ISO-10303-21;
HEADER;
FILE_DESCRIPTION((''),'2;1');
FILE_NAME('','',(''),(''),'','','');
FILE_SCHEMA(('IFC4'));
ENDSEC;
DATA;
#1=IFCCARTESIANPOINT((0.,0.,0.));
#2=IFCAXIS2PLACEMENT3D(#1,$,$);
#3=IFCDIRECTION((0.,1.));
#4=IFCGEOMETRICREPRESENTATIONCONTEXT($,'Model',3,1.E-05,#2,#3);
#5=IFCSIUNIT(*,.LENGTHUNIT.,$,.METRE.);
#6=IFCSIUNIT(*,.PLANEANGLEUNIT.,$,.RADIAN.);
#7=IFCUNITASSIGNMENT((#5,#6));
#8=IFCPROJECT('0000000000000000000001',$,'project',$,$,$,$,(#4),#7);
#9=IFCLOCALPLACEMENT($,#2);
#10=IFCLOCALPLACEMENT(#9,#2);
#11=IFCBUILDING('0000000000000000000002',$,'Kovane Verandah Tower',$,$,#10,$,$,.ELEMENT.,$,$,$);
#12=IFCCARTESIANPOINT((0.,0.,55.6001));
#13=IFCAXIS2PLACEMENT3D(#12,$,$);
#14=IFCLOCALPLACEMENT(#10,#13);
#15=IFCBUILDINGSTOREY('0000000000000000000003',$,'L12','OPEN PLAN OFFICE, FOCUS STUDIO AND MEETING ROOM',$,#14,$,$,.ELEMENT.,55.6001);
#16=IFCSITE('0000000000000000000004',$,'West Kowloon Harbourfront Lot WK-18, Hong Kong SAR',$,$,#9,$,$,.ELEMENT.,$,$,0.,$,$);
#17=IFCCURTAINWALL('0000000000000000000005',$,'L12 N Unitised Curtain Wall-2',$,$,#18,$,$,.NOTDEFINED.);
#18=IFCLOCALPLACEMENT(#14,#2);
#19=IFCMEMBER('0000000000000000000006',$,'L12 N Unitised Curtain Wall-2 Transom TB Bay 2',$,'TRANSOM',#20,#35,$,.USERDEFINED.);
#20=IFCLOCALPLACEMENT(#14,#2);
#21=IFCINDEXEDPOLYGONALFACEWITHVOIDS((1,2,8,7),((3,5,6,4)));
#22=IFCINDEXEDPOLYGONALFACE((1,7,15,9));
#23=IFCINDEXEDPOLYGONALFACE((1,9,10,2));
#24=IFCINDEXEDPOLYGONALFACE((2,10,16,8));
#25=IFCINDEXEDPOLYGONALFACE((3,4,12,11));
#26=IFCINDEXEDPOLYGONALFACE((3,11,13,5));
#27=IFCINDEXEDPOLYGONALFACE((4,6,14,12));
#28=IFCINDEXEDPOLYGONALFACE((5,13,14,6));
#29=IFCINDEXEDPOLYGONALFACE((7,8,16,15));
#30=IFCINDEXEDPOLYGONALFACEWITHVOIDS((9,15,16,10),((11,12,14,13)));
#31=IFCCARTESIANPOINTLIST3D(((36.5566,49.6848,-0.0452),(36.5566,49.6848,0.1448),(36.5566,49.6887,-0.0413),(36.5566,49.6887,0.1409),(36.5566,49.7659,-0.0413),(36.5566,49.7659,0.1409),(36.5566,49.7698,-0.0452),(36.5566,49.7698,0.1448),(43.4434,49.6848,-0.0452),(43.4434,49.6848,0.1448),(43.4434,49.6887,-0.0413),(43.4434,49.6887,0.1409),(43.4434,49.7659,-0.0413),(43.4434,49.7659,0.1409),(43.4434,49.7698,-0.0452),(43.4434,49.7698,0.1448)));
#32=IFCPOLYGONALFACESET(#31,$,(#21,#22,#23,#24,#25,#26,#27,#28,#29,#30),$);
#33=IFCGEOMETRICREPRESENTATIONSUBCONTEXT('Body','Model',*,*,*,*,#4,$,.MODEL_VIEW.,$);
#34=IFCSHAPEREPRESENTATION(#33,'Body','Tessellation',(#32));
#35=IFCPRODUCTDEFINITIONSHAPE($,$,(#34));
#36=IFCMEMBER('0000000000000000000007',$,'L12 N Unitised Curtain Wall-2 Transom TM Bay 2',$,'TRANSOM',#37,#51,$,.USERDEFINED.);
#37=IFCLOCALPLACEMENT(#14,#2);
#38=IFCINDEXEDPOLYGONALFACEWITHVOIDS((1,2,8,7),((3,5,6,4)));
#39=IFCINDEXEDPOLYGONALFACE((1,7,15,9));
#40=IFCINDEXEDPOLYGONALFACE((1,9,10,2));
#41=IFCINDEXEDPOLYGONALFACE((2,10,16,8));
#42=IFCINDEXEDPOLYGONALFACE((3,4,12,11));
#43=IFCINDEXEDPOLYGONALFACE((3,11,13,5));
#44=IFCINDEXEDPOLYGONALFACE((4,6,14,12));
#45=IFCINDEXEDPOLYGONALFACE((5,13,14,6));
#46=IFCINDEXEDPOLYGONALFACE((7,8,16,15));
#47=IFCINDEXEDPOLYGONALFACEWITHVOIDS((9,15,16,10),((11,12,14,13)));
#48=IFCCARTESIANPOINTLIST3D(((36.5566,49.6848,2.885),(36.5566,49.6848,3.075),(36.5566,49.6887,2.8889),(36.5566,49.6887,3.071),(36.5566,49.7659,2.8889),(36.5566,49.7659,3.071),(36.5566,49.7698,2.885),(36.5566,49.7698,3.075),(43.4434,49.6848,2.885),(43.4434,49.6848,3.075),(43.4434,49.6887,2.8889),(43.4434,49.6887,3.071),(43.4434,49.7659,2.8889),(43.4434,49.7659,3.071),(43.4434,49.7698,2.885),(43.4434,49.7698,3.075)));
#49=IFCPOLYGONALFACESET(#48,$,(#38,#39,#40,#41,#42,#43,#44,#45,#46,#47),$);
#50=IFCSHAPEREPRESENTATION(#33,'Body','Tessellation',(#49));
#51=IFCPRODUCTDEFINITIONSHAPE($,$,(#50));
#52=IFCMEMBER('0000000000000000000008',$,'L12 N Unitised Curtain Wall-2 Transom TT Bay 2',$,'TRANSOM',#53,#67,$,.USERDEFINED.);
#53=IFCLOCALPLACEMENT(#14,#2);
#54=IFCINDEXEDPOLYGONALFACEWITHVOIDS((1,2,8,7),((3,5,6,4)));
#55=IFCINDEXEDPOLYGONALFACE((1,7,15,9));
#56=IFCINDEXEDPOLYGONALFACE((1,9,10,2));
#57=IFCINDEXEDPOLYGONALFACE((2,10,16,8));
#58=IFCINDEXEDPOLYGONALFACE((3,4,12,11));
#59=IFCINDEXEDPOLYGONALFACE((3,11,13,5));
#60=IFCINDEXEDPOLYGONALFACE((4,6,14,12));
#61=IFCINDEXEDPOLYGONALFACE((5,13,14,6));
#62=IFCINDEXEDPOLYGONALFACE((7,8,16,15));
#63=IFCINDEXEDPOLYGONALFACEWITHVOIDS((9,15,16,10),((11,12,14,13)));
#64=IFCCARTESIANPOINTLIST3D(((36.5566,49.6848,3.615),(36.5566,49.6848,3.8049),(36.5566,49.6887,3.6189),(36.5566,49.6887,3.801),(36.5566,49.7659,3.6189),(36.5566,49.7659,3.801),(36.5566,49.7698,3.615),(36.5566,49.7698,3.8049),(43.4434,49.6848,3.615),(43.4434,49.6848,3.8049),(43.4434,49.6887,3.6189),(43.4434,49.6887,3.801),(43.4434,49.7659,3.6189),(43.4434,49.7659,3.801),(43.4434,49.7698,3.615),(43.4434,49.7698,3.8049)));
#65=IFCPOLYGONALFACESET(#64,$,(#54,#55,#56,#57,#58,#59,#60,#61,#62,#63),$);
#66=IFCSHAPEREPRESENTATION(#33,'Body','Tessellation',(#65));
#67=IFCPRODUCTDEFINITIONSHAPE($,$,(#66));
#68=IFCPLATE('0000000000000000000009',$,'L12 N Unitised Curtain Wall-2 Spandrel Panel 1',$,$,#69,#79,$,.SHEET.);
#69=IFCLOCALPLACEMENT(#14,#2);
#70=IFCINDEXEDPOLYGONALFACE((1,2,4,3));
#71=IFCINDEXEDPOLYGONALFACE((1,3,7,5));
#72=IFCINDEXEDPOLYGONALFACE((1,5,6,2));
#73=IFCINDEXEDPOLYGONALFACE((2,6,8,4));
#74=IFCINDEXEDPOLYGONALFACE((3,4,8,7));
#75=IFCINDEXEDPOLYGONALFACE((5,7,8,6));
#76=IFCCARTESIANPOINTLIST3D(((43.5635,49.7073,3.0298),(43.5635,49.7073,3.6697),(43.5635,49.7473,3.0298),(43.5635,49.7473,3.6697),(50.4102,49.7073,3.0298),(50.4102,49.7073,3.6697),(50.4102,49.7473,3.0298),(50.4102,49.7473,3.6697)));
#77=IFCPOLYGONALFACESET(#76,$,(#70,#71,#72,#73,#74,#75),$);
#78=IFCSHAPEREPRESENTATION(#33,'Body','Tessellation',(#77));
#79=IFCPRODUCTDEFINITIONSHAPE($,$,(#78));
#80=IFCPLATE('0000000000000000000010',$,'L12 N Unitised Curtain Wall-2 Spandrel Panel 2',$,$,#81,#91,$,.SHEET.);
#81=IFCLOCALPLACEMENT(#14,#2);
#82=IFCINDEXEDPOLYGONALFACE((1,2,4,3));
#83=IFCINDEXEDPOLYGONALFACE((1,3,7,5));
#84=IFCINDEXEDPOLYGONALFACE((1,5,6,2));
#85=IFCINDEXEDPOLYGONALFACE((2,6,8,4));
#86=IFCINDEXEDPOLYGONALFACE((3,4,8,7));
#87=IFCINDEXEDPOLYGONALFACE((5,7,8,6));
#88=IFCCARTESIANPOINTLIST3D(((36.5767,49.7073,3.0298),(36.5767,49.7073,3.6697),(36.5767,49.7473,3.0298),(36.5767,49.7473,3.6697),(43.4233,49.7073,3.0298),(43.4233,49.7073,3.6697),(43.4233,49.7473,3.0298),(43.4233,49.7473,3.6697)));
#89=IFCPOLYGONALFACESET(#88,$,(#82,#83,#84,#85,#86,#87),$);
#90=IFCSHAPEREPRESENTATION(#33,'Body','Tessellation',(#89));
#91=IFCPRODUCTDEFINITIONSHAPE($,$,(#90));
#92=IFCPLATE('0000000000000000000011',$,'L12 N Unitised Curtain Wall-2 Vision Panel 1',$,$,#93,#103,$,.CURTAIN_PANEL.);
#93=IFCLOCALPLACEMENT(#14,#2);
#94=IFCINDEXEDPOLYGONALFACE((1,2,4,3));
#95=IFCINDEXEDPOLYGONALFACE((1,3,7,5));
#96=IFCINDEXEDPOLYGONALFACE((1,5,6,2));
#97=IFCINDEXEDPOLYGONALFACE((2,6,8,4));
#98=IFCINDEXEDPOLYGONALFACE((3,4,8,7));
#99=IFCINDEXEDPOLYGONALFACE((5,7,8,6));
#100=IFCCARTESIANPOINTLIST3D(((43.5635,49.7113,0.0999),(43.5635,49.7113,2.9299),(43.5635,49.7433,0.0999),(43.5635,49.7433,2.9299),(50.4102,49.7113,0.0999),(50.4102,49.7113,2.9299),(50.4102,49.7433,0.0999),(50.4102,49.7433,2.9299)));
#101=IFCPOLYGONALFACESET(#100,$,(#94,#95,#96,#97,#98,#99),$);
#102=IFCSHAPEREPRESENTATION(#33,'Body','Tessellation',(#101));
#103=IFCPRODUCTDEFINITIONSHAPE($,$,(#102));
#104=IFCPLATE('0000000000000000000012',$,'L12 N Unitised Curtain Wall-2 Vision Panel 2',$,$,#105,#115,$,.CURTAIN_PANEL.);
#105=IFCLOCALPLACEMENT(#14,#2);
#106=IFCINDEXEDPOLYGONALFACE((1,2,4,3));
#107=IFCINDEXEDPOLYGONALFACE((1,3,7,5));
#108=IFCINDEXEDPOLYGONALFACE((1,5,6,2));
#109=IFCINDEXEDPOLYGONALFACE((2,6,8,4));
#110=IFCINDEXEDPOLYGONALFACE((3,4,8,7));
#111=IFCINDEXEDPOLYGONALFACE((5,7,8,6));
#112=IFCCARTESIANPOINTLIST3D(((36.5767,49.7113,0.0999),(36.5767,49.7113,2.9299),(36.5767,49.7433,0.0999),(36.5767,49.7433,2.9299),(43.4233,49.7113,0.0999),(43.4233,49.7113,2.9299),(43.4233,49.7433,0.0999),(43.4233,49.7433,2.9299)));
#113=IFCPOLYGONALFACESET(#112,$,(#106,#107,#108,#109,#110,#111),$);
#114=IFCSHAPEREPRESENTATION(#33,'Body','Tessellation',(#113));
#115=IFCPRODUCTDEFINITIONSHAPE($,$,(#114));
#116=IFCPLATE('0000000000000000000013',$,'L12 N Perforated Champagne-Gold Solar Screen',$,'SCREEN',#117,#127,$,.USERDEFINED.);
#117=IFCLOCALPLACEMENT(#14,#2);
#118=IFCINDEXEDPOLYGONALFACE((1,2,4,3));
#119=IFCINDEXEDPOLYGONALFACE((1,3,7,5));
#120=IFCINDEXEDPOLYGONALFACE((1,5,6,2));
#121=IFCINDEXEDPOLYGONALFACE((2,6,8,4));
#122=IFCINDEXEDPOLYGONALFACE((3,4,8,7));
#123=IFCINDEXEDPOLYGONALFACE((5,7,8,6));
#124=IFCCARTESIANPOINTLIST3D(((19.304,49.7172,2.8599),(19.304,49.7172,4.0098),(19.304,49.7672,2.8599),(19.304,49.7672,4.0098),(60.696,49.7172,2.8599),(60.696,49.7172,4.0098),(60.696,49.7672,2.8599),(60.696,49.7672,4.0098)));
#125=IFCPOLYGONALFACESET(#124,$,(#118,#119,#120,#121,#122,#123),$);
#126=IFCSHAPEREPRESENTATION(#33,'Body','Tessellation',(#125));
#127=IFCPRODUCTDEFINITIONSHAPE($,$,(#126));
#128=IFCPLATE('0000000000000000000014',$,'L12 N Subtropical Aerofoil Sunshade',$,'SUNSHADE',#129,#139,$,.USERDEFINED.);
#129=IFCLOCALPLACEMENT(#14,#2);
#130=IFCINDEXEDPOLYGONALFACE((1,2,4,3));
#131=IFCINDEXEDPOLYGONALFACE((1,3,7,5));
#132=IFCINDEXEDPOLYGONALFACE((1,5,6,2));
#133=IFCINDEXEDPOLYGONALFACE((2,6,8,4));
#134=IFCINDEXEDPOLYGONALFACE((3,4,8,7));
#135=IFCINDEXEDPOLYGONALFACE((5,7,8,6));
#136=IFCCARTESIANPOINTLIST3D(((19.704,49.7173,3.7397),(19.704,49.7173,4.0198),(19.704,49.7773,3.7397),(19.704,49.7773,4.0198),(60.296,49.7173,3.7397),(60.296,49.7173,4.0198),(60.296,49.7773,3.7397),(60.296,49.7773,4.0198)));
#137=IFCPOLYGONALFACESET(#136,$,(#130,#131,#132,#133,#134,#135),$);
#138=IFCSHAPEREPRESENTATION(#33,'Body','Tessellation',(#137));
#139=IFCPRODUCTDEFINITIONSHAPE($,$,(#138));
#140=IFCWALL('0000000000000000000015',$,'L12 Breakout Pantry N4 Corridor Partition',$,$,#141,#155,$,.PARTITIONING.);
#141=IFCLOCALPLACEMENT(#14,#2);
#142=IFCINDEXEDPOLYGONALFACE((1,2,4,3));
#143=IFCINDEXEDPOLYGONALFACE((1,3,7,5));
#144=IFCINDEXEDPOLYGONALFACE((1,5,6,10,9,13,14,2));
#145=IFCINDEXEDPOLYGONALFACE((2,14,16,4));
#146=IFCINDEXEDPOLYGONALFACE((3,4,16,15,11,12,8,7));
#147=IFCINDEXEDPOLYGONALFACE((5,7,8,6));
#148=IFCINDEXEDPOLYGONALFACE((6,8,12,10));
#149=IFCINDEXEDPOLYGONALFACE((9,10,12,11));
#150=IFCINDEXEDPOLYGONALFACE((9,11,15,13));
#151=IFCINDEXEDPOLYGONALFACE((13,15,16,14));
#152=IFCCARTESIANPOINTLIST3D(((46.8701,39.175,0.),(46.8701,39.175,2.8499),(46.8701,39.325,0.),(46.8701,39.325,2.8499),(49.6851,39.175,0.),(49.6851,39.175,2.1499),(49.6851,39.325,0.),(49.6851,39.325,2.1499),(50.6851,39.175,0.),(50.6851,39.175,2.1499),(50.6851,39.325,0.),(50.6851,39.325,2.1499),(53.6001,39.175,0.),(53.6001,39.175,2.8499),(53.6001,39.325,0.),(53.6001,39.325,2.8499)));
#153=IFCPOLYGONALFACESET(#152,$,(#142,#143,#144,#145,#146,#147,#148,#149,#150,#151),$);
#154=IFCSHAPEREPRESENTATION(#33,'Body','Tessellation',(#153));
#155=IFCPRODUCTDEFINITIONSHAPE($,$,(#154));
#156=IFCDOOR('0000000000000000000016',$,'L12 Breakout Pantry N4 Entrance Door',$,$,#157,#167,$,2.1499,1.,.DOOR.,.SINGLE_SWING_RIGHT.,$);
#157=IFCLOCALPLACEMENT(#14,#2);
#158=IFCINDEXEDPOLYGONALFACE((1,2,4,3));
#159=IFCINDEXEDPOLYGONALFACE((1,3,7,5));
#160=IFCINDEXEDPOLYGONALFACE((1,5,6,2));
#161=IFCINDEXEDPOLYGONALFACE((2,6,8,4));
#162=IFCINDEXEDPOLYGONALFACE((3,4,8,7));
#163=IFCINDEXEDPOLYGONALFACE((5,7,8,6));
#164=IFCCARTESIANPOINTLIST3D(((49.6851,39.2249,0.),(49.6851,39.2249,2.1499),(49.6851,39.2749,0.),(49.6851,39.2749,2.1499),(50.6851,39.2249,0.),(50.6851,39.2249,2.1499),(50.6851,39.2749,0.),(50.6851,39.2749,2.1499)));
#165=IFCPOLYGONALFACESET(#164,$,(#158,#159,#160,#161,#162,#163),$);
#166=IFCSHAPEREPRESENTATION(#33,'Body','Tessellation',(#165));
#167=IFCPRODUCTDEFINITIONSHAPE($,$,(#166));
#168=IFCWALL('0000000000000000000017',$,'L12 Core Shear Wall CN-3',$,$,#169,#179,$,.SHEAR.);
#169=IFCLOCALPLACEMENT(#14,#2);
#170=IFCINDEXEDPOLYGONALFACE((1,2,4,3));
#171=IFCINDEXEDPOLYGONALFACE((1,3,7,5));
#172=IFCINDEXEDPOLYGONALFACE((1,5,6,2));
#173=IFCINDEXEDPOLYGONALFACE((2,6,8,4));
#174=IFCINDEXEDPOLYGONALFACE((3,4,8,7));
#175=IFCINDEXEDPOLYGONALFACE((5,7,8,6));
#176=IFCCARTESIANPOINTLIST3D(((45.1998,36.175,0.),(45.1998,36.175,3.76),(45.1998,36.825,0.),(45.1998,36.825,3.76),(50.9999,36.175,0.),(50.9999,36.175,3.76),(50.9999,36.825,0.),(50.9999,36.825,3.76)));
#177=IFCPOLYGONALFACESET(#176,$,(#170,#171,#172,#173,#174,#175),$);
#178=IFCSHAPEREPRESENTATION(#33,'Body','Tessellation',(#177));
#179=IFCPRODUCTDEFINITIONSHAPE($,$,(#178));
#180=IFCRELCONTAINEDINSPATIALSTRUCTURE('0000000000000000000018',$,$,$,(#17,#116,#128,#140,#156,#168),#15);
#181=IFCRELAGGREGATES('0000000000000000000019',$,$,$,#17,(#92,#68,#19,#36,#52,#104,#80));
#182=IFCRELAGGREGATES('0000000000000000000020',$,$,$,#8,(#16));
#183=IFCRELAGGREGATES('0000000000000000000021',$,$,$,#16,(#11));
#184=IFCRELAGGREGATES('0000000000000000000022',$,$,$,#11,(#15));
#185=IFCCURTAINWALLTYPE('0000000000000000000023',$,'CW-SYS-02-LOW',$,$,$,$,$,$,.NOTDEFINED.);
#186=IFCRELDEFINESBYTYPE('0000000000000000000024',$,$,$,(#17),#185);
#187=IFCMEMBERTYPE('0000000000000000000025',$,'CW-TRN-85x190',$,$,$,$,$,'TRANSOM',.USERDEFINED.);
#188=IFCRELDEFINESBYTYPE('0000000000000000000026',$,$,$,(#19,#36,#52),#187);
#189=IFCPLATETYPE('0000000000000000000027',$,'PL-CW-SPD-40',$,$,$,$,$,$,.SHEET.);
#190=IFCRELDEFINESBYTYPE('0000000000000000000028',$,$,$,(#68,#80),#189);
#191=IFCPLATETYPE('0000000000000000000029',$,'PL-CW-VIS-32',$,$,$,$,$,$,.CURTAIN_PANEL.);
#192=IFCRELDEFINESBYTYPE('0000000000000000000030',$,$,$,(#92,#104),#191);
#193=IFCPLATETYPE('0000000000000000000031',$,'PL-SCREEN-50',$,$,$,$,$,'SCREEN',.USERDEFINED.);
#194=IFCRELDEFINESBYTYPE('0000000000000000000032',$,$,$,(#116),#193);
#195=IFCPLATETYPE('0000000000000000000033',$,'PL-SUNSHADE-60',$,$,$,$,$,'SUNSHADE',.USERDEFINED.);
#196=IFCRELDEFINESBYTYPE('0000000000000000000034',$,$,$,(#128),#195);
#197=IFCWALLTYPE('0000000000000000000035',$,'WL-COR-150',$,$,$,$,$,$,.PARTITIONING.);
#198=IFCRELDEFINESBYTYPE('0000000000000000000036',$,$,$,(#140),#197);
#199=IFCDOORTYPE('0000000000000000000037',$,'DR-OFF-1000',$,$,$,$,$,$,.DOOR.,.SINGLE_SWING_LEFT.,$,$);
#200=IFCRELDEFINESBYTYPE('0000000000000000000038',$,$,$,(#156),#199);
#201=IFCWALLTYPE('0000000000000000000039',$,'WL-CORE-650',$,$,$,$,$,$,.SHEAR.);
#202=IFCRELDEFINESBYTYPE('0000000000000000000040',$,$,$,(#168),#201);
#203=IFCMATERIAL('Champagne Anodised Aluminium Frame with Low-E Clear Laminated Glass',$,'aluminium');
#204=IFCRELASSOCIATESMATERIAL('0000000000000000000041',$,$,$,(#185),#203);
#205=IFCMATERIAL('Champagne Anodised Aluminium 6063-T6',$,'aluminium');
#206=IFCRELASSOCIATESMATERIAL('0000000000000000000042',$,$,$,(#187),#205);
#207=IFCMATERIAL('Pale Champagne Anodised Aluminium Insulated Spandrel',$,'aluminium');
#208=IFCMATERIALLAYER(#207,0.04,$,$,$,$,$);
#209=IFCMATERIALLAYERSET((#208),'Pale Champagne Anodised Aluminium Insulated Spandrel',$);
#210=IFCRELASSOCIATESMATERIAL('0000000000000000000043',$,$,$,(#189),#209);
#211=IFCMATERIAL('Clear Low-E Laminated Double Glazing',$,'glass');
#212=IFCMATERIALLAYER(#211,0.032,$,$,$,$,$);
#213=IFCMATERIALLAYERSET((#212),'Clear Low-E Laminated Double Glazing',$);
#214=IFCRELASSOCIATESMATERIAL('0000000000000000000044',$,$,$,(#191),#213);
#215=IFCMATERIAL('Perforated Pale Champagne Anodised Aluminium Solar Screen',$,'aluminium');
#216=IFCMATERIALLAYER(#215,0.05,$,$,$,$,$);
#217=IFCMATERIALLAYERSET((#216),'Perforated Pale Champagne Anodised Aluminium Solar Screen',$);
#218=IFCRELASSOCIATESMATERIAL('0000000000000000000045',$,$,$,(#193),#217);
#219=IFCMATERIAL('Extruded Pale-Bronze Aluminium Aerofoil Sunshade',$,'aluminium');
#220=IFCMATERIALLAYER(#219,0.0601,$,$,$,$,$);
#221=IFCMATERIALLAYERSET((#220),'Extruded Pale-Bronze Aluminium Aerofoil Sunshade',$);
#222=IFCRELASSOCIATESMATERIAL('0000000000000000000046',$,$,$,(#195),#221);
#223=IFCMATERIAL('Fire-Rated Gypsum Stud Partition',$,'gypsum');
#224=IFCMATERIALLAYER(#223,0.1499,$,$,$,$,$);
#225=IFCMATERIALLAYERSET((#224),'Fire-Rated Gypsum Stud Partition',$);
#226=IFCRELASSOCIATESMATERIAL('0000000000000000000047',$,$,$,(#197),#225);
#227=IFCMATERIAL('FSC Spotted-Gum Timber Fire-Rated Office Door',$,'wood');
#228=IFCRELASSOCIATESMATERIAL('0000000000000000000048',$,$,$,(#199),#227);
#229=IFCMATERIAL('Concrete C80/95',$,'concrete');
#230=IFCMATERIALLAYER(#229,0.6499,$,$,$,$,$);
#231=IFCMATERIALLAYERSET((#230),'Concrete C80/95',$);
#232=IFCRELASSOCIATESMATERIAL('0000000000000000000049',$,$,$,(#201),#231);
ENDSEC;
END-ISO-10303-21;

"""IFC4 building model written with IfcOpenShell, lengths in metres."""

from ifc_helpers import new_model, si_unit, direction, frame, frame_2d, origin, origin_2d, place, context, subcontext, project, spatial, rectangle, hollow_rectangle, extrude, material, layer, layer_set, material_profile, profile_set, type_object, element, fill, aggregate, save


model = new_model("IFC4")

# Units and contexts
model_context = context("Model", 3, precision=1e-05, world=origin(), true_north=direction((0.0, 1.0)))
body_context = subcontext(model_context, "Body", "Model", "MODEL_VIEW")
ifc_project = project(units=[si_unit("LENGTHUNIT", "METRE"), si_unit("PLANEANGLEUNIT", "RADIAN")], contexts=[model_context])

# Site, building, storey
site_placement = place(None, origin())
site = spatial("IfcSite", under=ifc_project, at=site_placement, Name="West Kowloon Harbourfront Lot WK-18, Hong Kong SAR", CompositionType="ELEMENT", RefElevation=0.0)
building_placement = place(site_placement, origin())
building = spatial("IfcBuilding", under=site, at=building_placement, Name="Kovane Verandah Tower", CompositionType="ELEMENT")
storey_placement = place(building_placement, frame((0.0, 0.0, 55.6001)))
storey = spatial("IfcBuildingStorey", under=building, at=storey_placement, Name="L12", Description="OPEN PLAN OFFICE, FOCUS STUDIO AND MEETING ROOM", CompositionType="ELEMENT", Elevation=55.6001)

# Shared definitions
ifc_material_1 = material(Name="Concrete C80/95", Category="concrete")

# Curtain wall, members, plates
ifc_material_2 = material(Name="Champagne Anodised Aluminium Frame with Low-E Clear Laminated Glass", Category="aluminium")
curtain_wall_type = type_object("IfcCurtainWallType", Name="CW-SYS-02-LOW", PredefinedType="NOTDEFINED", material=ifc_material_2)
curtain_wall_placement = place(storey_placement, origin())
curtain_wall = element("IfcCurtainWall", 1, at=curtain_wall_placement, inside=storey, type_object=curtain_wall_type, Name="L12 N Unitised Curtain Wall-2", PredefinedType="NOTDEFINED")
ifc_material_3 = material(Name="Champagne Anodised Aluminium 6063-T6", Category="aluminium")
ifc_material_profile_1 = material_profile(ifc_material_3, hollow_rectangle(XDim=0.085, YDim=0.1899, WallThickness=0.0039, at=origin_2d()), Name="AL85x190x4")
ifc_profile_set_1 = profile_set([ifc_material_profile_1], Name="Champagne Anodised Aluminium 6063-T6")
member_type_1 = type_object("IfcMemberType", Name="CW-TRN-85x190", ElementType="TRANSOM", PredefinedType="USERDEFINED", material=ifc_profile_set_1)
member_1_placement = place(storey_placement, frame((43.4434, 49.7273, 0.0498), z_axis=(-1.0, 0.0, 0.0), x_axis=(0.0, -1.0, 0.0)))
member_1 = element("IfcMember", 2, at=member_1_placement, type_object=member_type_1, Name="L12 N Unitised Curtain Wall-2 Transom TB Bay 2", ObjectType="TRANSOM", PredefinedType="USERDEFINED", context=body_context, shape_type="SweptSolid", body=[
    extrude(hollow_rectangle(XDim=0.085, YDim=0.1899, WallThickness=0.0039, at=origin_2d()), origin(), (0.0, 0.0, 1.0), 6.8867),
])
member_2_placement = place(storey_placement, frame((43.4434, 49.7273, 2.98), z_axis=(-1.0, 0.0, 0.0), x_axis=(0.0, -1.0, 0.0)))
member_2 = element("IfcMember", 3, at=member_2_placement, type_object=member_type_1, Name="L12 N Unitised Curtain Wall-2 Transom TM Bay 2", ObjectType="TRANSOM", PredefinedType="USERDEFINED", context=body_context, shape_type="SweptSolid", body=[
    extrude(hollow_rectangle(XDim=0.085, YDim=0.1899, WallThickness=0.0039, at=origin_2d()), origin(), (0.0, 0.0, 1.0), 6.8867),
])
member_3_placement = place(storey_placement, frame((43.4434, 49.7273, 3.71), z_axis=(-1.0, 0.0, 0.0), x_axis=(0.0, -1.0, 0.0)))
member_3 = element("IfcMember", 4, at=member_3_placement, type_object=member_type_1, Name="L12 N Unitised Curtain Wall-2 Transom TT Bay 2", ObjectType="TRANSOM", PredefinedType="USERDEFINED", context=body_context, shape_type="SweptSolid", body=[
    extrude(hollow_rectangle(XDim=0.085, YDim=0.1899, WallThickness=0.0039, at=origin_2d()), origin(), (0.0, 0.0, 1.0), 6.8867),
])
ifc_material_4 = material(Name="Pale Champagne Anodised Aluminium Insulated Spandrel", Category="aluminium")
ifc_layer_1 = layer(ifc_material_4, 0.04)
ifc_layer_set_1 = layer_set([ifc_layer_1], Name="Pale Champagne Anodised Aluminium Insulated Spandrel")
plate_type_1 = type_object("IfcPlateType", Name="PL-CW-SPD-40", PredefinedType="SHEET", material=ifc_layer_set_1)
plate_1_placement = place(storey_placement, frame((46.9868, 49.7273, 3.0298), z_axis=(0.0, 0.0, 1.0), x_axis=(-1.0, 0.0, 0.0)))
plate_1 = element("IfcPlate", 5, at=plate_1_placement, type_object=plate_type_1, Name="L12 N Unitised Curtain Wall-2 Spandrel Panel 1", PredefinedType="SHEET", context=body_context, shape_type="SweptSolid", body=[
    extrude(rectangle(XDim=6.8467, YDim=0.04, at=origin_2d()), origin(), (0.0, 0.0, 1.0), 0.6399),
])
plate_2_placement = place(storey_placement, frame((40.0, 49.7273, 3.0298), z_axis=(0.0, 0.0, 1.0), x_axis=(-1.0, 0.0, 0.0)))
plate_2 = element("IfcPlate", 6, at=plate_2_placement, type_object=plate_type_1, Name="L12 N Unitised Curtain Wall-2 Spandrel Panel 2", PredefinedType="SHEET", context=body_context, shape_type="SweptSolid", body=[
    extrude(rectangle(XDim=6.8467, YDim=0.04, at=origin_2d()), origin(), (0.0, 0.0, 1.0), 0.6399),
])
ifc_material_5 = material(Name="Clear Low-E Laminated Double Glazing", Category="glass")
ifc_layer_2 = layer(ifc_material_5, 0.032)
ifc_layer_set_2 = layer_set([ifc_layer_2], Name="Clear Low-E Laminated Double Glazing")
plate_type_2 = type_object("IfcPlateType", Name="PL-CW-VIS-32", PredefinedType="CURTAIN_PANEL", material=ifc_layer_set_2)
plate_3_placement = place(storey_placement, frame((46.9868, 49.7273, 0.0999), z_axis=(0.0, 0.0, 1.0), x_axis=(-1.0, 0.0, 0.0)))
plate_3 = element("IfcPlate", 7, at=plate_3_placement, type_object=plate_type_2, Name="L12 N Unitised Curtain Wall-2 Vision Panel 1", PredefinedType="CURTAIN_PANEL", context=body_context, shape_type="SweptSolid", body=[
    extrude(rectangle(XDim=6.8467, YDim=0.032, at=origin_2d()), origin(), (0.0, 0.0, 1.0), 2.8301),
])
plate_4_placement = place(storey_placement, frame((40.0, 49.7273, 0.0999), z_axis=(0.0, 0.0, 1.0), x_axis=(-1.0, 0.0, 0.0)))
plate_4 = element("IfcPlate", 8, at=plate_4_placement, type_object=plate_type_2, Name="L12 N Unitised Curtain Wall-2 Vision Panel 2", PredefinedType="CURTAIN_PANEL", context=body_context, shape_type="SweptSolid", body=[
    extrude(rectangle(XDim=6.8467, YDim=0.032, at=origin_2d()), origin(), (0.0, 0.0, 1.0), 2.8301),
])
aggregate(curtain_wall, [plate_3, plate_1, member_1, member_2, member_3, plate_4, plate_2])

# Plates
ifc_material_6 = material(Name="Perforated Pale Champagne Anodised Aluminium Solar Screen", Category="aluminium")
ifc_layer_3 = layer(ifc_material_6, 0.05)
ifc_layer_set_3 = layer_set([ifc_layer_3], Name="Perforated Pale Champagne Anodised Aluminium Solar Screen")
plate_type_3 = type_object("IfcPlateType", Name="PL-SCREEN-50", ElementType="SCREEN", PredefinedType="USERDEFINED", material=ifc_layer_set_3)
plate_5_placement = place(storey_placement, frame((40.0, 49.7422, 2.8599), z_axis=(0.0, 0.0, 1.0), x_axis=(-1.0, 0.0, 0.0)))
element("IfcPlate", 9, at=plate_5_placement, inside=storey, type_object=plate_type_3, Name="L12 N Perforated Champagne-Gold Solar Screen", ObjectType="SCREEN", PredefinedType="USERDEFINED", context=body_context, shape_type="SweptSolid", body=[
    extrude(rectangle(XDim=41.3921, YDim=0.05, at=origin_2d()), origin(), (0.0, 0.0, 1.0), 1.1499),
])
ifc_material_7 = material(Name="Extruded Pale-Bronze Aluminium Aerofoil Sunshade", Category="aluminium")
ifc_layer_4 = layer(ifc_material_7, 0.0601)
ifc_layer_set_4 = layer_set([ifc_layer_4], Name="Extruded Pale-Bronze Aluminium Aerofoil Sunshade")
plate_type_4 = type_object("IfcPlateType", Name="PL-SUNSHADE-60", ElementType="SUNSHADE", PredefinedType="USERDEFINED", material=ifc_layer_set_4)
plate_6_placement = place(storey_placement, frame((40.0, 49.7473, 3.7397), z_axis=(0.0, 0.0, 1.0), x_axis=(-1.0, 0.0, 0.0)))
element("IfcPlate", 10, at=plate_6_placement, inside=storey, type_object=plate_type_4, Name="L12 N Subtropical Aerofoil Sunshade", ObjectType="SUNSHADE", PredefinedType="USERDEFINED", context=body_context, shape_type="SweptSolid", body=[
    extrude(rectangle(XDim=40.592, YDim=0.0601, at=origin_2d()), origin(), (0.0, 0.0, 1.0), 0.28),
])

# Wall, opening, door
ifc_material_8 = material(Name="Fire-Rated Gypsum Stud Partition", Category="gypsum")
ifc_layer_5 = layer(ifc_material_8, 0.1499)
ifc_layer_set_5 = layer_set([ifc_layer_5], Name="Fire-Rated Gypsum Stud Partition")
wall_type_1 = type_object("IfcWallType", Name="WL-COR-150", PredefinedType="PARTITIONING", material=ifc_layer_set_5)
wall_1_placement = place(storey_placement, frame((46.8701, 39.25, 0.0), z_axis=(0.0, 0.0, 1.0), x_axis=(1.0, 0.0, 0.0)))
wall_1 = element("IfcWall", 11, at=wall_1_placement, inside=storey, type_object=wall_type_1, Name="L12 Breakout Pantry N4 Corridor Partition", PredefinedType="PARTITIONING", context=body_context, shape_type="SweptSolid", body=[
    extrude(rectangle(XDim=6.73, YDim=0.1499, at=frame_2d((3.365, 0.0))), origin(), (0.0, 0.0, 1.0), 2.8499),
])
opening_placement = place(wall_1_placement, frame((2.8149, 0.0, 0.0)))
opening = element("IfcOpeningElement", 12, at=opening_placement, cuts=wall_1, PredefinedType="OPENING", context=body_context, shape_type="SweptSolid", body=[
    extrude(rectangle(XDim=1.0, YDim=2.1499, at=frame_2d((0.5, 1.075))), frame((0.0, 0.075, 0.0), z_axis=(0.0, -1.0, 0.0), x_axis=(1.0, 0.0, 0.0)), (0.0, 0.0, 1.0), 0.1499),
])
ifc_material_9 = material(Name="FSC Spotted-Gum Timber Fire-Rated Office Door", Category="wood")
door_type = type_object("IfcDoorType", Name="DR-OFF-1000", OperationType="SINGLE_SWING_LEFT", PredefinedType="DOOR", material=ifc_material_9)
door_placement = place(opening_placement, origin())
door = element("IfcDoor", 13, at=door_placement, inside=storey, type_object=door_type, Name="L12 Breakout Pantry N4 Entrance Door", OperationType="SINGLE_SWING_RIGHT", OverallHeight=2.1499, OverallWidth=1.0, PredefinedType="DOOR", context=body_context, shape_type="SweptSolid", body=[
    extrude(rectangle(XDim=1.0, YDim=2.1499, at=frame_2d((0.5, 1.075))), frame((0.0, 0.0249, 0.0), z_axis=(0.0, -1.0, 0.0), x_axis=(1.0, 0.0, 0.0)), (0.0, 0.0, 1.0), 0.05),
])
fill(opening, door)

# Wall
ifc_layer_6 = layer(ifc_material_1, 0.6499)
ifc_layer_set_6 = layer_set([ifc_layer_6], Name="Concrete C80/95")
wall_type_2 = type_object("IfcWallType", Name="WL-CORE-650", PredefinedType="SHEAR", material=ifc_layer_set_6)
wall_2_placement = place(storey_placement, frame((45.2, 36.5, 0.0), z_axis=(0.0, 0.0, 1.0), x_axis=(1.0, 0.0, 0.0)))
element("IfcWall", 14, at=wall_2_placement, inside=storey, type_object=wall_type_2, Name="L12 Core Shear Wall CN-3", PredefinedType="SHEAR", context=body_context, shape_type="SweptSolid", body=[
    extrude(rectangle(XDim=5.8, YDim=0.6499, at=frame_2d((2.8999, 0.0))), origin(), (0.0, 0.0, 1.0), 3.76),
])

save(model, "model.ifc")
